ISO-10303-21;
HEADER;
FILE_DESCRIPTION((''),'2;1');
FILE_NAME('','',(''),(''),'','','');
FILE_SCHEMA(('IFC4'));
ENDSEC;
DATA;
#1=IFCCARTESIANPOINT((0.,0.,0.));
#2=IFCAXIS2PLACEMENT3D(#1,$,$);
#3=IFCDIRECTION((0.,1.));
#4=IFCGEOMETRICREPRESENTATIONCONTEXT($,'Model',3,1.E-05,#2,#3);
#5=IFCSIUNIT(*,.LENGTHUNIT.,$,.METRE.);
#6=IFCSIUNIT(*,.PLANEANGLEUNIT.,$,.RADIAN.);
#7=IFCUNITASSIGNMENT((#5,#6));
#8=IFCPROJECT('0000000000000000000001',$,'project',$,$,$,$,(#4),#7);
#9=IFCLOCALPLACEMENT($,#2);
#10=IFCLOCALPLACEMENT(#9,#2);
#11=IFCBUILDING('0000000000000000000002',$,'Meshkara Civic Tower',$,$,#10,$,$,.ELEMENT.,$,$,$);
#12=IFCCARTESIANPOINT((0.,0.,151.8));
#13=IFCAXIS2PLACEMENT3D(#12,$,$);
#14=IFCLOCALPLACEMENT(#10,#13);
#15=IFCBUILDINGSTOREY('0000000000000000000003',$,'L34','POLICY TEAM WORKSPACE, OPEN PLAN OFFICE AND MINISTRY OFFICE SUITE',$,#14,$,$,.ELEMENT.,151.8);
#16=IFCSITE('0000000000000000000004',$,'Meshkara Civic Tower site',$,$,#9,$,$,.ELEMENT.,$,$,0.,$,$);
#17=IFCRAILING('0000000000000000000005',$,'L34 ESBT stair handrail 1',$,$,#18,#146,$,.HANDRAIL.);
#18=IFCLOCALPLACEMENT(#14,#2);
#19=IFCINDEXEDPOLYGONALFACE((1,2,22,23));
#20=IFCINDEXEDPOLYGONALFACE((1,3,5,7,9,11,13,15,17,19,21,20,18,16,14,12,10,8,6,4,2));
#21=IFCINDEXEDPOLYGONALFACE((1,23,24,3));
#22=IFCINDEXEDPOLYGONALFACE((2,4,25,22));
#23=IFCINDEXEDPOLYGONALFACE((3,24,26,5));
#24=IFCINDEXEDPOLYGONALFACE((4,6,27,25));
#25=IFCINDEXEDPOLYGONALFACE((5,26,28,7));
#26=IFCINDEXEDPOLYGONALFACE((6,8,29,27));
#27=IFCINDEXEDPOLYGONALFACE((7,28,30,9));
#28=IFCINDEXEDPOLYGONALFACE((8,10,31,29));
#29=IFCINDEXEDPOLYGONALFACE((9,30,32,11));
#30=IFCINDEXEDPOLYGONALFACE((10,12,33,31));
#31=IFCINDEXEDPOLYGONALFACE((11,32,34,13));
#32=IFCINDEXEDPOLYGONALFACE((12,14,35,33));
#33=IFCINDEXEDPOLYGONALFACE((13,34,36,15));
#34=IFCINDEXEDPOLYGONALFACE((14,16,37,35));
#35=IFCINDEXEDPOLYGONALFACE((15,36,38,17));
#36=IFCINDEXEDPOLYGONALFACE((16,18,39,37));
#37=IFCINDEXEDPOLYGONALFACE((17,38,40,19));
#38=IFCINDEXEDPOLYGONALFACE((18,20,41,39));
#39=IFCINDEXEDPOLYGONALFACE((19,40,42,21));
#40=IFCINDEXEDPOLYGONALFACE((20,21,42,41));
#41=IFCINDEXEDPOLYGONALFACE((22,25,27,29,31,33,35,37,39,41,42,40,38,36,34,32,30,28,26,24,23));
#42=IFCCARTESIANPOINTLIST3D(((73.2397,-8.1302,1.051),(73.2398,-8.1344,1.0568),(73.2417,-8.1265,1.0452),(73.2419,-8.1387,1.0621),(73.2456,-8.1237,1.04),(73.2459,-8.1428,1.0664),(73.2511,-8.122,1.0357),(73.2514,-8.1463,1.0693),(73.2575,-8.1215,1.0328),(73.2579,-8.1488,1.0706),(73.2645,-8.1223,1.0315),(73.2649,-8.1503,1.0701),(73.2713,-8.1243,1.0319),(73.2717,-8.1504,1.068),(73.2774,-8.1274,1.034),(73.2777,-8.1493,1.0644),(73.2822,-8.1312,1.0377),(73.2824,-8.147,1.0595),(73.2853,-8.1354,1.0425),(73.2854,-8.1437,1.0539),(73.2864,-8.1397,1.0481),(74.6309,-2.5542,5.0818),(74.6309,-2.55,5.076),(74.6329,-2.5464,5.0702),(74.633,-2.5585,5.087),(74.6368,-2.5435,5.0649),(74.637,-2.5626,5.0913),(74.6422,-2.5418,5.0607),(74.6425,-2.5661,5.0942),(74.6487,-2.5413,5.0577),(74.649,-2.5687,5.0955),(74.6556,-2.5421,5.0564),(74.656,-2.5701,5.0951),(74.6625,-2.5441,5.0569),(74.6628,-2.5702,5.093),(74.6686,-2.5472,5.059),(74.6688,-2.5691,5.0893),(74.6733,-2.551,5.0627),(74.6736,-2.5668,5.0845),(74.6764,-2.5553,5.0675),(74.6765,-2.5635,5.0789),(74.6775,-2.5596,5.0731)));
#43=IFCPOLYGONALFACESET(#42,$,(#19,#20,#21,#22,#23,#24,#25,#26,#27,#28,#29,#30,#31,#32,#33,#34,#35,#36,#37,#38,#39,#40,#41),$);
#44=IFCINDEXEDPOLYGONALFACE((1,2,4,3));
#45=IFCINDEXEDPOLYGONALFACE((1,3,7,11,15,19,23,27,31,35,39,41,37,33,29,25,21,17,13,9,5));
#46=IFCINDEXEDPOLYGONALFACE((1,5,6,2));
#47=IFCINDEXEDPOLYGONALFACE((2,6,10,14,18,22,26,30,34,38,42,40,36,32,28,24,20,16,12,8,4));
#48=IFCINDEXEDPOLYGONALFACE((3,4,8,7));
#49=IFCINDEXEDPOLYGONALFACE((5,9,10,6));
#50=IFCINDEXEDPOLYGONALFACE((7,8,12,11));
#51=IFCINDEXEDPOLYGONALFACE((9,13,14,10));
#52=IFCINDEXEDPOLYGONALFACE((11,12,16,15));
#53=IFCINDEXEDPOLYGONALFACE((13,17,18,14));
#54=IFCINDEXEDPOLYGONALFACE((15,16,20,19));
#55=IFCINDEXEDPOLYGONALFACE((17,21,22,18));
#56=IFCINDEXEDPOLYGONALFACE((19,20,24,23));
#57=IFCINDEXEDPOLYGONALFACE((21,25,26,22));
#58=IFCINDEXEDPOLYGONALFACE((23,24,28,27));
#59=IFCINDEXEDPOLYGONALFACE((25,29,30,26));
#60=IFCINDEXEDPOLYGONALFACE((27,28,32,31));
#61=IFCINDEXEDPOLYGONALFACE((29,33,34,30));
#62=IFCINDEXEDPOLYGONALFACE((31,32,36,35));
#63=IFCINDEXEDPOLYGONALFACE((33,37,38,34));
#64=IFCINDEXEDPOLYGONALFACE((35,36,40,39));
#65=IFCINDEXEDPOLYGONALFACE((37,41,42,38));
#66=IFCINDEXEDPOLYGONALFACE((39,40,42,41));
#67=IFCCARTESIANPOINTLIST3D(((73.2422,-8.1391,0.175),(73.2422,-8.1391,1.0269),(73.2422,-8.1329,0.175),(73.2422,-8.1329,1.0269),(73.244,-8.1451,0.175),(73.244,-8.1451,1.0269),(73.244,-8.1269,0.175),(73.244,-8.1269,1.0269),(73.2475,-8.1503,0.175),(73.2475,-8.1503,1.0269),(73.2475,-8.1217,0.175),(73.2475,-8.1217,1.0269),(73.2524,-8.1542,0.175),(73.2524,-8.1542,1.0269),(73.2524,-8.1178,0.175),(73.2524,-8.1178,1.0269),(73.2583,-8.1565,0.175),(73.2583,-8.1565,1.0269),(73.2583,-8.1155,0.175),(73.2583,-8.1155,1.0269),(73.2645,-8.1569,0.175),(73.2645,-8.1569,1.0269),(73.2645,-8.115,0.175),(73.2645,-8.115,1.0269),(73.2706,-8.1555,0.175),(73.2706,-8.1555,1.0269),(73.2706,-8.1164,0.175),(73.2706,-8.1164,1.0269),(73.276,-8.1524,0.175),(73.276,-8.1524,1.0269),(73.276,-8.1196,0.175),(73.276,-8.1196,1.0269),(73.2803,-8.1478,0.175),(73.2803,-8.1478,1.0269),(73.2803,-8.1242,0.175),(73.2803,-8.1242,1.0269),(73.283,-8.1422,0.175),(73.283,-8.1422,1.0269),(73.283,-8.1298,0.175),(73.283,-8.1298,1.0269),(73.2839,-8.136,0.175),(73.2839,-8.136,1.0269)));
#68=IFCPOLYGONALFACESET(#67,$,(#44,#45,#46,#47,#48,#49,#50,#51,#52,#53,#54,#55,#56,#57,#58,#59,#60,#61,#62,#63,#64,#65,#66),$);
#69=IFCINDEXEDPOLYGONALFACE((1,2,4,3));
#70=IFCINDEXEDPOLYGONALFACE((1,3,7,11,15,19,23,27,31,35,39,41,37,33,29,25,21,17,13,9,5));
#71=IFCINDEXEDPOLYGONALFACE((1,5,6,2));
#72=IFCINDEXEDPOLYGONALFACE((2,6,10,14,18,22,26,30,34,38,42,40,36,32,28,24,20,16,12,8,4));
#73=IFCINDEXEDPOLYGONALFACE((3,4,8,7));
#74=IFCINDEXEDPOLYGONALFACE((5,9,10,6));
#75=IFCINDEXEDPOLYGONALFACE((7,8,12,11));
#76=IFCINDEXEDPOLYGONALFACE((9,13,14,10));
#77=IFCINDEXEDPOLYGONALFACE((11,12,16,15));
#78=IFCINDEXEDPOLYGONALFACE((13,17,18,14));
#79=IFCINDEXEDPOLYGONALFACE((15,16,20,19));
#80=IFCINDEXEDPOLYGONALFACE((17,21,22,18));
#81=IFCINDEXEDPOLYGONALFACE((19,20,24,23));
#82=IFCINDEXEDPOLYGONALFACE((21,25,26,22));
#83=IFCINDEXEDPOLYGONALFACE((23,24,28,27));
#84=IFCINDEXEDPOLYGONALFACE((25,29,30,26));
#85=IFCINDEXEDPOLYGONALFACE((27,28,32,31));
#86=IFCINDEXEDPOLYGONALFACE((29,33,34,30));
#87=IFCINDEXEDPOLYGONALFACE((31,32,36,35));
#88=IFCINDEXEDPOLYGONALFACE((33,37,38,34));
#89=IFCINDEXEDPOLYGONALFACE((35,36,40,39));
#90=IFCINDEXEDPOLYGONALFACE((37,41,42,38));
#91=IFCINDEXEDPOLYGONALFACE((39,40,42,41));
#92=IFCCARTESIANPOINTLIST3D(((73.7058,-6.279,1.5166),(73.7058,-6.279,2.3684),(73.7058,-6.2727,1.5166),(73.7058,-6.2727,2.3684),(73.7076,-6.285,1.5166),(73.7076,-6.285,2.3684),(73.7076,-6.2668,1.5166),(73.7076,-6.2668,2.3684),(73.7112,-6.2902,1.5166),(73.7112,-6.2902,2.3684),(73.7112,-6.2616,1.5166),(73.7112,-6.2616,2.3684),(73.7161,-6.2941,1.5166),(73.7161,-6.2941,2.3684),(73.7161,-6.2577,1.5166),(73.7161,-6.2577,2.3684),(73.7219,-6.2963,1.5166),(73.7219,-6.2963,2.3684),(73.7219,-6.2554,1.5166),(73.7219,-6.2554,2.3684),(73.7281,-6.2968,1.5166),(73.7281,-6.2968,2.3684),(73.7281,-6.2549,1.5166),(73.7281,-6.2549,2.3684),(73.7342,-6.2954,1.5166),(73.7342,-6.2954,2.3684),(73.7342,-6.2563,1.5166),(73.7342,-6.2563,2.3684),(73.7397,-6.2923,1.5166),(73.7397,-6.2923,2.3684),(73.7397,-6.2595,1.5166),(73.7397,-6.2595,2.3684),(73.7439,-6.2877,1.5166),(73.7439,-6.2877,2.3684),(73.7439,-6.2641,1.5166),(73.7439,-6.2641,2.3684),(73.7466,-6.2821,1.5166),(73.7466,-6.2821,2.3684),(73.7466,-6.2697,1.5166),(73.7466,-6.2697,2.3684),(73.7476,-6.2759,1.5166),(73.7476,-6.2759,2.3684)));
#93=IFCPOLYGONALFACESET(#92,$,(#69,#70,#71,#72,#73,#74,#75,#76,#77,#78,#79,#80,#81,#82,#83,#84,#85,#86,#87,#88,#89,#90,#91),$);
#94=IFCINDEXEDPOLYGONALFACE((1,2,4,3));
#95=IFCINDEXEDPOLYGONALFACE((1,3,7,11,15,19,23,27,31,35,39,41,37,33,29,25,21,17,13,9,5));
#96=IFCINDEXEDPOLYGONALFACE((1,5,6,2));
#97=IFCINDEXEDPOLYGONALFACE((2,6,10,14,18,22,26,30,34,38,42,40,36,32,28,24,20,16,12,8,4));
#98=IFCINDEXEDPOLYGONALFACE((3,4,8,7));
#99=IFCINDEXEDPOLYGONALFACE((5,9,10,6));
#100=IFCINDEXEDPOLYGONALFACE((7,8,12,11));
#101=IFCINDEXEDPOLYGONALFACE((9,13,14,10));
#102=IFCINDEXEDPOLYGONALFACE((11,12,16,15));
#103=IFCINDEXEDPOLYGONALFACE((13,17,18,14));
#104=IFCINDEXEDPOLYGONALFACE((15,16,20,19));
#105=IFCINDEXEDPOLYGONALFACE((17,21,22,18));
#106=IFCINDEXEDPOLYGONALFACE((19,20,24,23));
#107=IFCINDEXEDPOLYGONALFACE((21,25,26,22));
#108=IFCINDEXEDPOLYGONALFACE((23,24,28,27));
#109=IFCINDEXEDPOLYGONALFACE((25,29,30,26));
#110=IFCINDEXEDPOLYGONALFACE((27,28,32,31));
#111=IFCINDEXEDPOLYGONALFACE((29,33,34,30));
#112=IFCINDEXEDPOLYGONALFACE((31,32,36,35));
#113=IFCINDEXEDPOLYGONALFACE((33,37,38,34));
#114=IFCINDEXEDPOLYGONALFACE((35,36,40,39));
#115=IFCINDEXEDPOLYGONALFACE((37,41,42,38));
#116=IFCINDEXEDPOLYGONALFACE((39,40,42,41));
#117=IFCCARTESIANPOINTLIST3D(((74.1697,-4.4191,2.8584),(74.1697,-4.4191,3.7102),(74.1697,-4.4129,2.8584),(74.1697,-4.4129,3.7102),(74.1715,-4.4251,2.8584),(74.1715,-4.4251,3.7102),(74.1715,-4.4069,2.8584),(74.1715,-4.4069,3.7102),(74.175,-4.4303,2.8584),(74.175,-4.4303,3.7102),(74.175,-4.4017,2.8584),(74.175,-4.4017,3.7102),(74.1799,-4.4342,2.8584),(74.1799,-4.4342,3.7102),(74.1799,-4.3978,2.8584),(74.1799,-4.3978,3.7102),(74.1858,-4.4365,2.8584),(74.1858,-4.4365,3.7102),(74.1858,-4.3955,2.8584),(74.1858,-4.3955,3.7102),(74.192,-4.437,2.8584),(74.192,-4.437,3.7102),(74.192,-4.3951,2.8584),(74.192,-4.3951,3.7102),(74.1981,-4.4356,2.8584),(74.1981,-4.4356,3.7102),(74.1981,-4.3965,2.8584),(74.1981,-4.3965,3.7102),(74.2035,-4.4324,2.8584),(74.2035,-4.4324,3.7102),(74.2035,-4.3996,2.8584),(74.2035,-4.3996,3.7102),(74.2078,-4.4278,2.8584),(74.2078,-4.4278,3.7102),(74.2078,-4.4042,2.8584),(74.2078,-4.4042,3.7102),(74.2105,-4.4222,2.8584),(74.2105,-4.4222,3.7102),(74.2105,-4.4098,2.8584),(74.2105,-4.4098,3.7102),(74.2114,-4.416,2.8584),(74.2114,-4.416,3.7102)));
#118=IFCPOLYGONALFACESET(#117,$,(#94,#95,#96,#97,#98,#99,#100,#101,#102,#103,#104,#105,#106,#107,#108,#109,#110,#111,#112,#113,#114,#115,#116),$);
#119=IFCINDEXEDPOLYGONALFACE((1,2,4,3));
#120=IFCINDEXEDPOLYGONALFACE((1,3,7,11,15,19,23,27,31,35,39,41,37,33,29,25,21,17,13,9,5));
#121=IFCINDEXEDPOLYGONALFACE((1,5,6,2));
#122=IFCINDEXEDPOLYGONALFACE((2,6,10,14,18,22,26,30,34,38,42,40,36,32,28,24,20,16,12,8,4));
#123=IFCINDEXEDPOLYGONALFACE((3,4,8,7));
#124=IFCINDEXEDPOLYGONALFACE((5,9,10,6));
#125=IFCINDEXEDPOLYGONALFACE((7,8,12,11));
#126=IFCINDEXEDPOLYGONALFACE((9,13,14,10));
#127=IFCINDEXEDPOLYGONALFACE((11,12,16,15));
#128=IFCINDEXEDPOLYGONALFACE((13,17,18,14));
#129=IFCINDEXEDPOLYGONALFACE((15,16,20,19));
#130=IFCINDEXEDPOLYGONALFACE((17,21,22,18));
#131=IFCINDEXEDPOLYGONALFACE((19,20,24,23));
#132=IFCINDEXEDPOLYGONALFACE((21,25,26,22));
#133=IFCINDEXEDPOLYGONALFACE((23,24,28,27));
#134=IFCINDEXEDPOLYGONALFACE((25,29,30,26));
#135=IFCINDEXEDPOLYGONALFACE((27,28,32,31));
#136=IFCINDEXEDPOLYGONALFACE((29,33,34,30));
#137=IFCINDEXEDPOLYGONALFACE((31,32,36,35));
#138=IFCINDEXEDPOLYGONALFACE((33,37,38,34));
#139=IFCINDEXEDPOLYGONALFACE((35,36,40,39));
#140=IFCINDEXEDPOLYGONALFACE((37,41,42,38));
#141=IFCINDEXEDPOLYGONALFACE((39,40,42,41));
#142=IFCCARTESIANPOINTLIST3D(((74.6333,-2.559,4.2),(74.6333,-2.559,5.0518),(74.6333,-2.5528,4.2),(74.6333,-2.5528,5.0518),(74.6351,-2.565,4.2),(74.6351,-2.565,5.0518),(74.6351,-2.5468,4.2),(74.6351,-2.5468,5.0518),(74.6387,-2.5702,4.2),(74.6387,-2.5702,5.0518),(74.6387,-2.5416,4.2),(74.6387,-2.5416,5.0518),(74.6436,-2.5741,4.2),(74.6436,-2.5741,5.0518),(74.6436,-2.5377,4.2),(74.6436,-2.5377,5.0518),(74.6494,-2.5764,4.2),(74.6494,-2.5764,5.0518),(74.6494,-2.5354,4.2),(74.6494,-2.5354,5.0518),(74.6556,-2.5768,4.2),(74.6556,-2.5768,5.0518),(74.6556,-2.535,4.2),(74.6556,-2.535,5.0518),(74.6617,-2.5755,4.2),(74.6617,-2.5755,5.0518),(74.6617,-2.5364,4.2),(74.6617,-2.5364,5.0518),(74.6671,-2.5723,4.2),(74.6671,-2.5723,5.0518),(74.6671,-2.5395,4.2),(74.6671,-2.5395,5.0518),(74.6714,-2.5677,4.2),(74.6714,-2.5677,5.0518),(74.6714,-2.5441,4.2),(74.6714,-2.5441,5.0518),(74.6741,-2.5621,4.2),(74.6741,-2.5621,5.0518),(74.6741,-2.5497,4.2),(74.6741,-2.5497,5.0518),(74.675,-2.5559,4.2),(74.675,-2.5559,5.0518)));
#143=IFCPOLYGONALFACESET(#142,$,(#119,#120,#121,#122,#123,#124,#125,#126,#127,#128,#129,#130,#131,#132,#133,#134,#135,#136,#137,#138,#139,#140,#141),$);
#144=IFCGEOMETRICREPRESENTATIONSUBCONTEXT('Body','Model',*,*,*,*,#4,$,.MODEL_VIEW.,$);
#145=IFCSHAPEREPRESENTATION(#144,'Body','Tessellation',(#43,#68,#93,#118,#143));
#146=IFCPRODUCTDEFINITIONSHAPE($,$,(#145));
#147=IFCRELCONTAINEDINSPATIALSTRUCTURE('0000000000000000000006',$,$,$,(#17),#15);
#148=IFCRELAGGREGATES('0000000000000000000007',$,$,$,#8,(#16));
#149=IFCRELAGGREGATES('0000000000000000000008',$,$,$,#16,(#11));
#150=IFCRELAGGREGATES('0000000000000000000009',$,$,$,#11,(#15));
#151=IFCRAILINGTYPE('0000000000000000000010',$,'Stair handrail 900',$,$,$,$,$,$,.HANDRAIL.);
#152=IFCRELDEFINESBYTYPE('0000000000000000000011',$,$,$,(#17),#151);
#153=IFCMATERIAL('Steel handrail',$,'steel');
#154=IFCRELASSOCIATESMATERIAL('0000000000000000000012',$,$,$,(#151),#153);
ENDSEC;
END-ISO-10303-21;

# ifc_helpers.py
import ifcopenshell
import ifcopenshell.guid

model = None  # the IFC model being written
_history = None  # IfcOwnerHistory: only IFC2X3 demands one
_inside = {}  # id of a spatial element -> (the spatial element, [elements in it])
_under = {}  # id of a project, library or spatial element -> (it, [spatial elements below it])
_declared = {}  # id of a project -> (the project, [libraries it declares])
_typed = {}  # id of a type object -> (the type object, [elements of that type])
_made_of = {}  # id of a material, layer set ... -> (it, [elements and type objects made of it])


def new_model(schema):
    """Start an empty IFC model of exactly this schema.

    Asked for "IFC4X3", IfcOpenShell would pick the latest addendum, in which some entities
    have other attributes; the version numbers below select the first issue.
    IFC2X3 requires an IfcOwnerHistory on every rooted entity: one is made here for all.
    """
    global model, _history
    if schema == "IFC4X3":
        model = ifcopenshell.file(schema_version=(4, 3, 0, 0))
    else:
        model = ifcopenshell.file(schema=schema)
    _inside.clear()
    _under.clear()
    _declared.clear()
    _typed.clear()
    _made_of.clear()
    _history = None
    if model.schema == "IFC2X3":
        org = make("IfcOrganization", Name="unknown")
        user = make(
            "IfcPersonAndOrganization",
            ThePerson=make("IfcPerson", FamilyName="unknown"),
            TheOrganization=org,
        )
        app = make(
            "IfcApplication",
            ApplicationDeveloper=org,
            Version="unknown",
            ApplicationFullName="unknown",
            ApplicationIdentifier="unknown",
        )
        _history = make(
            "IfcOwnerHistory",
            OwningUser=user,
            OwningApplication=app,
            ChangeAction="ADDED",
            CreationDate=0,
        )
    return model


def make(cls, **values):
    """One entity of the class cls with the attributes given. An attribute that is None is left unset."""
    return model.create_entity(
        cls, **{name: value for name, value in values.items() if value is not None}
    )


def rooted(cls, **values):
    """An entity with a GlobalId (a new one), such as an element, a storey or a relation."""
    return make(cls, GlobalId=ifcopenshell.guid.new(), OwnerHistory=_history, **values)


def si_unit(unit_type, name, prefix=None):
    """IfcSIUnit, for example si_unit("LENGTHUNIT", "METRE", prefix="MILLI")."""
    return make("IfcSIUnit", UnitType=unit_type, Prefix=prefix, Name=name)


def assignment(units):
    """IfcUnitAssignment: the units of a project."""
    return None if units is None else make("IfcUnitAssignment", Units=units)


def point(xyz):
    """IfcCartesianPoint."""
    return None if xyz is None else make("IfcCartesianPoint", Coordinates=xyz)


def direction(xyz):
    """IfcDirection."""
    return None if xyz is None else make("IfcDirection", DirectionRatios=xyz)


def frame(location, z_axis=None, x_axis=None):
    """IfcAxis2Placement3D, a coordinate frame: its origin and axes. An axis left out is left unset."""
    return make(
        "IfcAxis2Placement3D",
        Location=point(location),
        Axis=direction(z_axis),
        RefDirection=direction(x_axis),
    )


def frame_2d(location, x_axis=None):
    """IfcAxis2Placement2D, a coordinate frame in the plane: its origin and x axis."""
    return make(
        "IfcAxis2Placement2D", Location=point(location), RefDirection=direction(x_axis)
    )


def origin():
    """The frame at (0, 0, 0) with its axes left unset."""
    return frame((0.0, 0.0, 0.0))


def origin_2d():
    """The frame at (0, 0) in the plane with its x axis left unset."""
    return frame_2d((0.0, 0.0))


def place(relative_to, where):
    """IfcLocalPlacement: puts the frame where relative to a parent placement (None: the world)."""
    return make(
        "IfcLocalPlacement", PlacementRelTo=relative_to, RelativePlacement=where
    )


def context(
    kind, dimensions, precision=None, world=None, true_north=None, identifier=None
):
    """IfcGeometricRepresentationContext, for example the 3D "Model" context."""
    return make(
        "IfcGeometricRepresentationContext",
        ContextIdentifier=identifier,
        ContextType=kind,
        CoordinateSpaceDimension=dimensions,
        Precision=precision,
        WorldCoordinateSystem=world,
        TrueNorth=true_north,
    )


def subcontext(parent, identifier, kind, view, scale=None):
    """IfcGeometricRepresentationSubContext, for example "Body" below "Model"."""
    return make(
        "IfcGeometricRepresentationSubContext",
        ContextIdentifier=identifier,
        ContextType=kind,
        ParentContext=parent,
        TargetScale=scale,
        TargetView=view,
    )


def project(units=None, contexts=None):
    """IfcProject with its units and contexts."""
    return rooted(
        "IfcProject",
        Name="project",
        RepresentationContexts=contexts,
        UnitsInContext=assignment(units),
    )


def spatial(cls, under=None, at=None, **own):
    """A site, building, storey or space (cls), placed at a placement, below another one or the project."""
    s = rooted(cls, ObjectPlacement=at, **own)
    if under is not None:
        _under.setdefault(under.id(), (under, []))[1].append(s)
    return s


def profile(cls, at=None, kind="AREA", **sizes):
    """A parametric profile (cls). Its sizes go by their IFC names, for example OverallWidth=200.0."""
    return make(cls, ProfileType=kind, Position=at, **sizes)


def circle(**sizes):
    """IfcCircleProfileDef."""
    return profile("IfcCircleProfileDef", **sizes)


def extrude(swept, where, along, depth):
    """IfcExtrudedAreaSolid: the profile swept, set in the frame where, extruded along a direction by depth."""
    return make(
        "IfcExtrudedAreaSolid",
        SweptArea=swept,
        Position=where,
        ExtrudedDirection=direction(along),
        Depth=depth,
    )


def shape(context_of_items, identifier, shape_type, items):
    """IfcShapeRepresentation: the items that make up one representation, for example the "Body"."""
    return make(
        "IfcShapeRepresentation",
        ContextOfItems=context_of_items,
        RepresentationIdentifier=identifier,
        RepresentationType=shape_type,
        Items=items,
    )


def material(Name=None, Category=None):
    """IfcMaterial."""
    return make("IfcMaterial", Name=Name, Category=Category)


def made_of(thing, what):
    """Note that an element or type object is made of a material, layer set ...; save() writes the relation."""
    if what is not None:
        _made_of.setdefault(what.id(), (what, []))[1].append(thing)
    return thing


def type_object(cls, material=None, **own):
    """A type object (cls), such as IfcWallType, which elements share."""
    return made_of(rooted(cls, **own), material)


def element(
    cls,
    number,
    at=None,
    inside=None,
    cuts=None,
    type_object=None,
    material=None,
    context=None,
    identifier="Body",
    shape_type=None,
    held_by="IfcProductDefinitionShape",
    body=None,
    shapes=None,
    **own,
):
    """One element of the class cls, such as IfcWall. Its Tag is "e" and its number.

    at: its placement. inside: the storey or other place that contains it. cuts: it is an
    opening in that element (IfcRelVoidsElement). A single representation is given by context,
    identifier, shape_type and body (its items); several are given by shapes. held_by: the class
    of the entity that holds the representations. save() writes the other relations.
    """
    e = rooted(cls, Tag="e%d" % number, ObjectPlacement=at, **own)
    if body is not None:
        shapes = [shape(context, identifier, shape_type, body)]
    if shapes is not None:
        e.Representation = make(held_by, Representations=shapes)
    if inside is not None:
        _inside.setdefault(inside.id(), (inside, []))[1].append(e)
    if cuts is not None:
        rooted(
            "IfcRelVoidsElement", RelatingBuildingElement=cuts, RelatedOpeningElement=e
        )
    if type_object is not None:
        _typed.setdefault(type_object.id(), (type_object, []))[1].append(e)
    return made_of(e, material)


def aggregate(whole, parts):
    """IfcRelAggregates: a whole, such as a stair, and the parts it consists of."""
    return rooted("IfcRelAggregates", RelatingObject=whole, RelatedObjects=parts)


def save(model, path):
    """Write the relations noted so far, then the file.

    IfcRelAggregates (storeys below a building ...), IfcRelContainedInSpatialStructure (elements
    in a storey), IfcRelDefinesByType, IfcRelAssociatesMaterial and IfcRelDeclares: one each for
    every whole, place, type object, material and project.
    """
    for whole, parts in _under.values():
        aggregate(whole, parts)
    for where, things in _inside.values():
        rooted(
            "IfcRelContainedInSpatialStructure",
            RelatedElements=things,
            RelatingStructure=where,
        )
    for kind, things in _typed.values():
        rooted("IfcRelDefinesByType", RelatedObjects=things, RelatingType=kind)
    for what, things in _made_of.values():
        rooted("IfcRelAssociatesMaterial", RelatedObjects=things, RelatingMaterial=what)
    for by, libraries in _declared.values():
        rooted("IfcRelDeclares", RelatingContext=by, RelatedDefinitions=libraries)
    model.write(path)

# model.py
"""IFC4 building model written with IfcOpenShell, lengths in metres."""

from ifc_helpers import new_model, si_unit, direction, frame, origin, origin_2d, place, context, subcontext, project, spatial, circle, extrude, material, type_object, element, save


model = new_model("IFC4")

# Units and contexts
model_context = context("Model", 3, precision=1e-05, world=origin(), true_north=direction((0.0, 1.0)))
body_context = subcontext(model_context, "Body", "Model", "MODEL_VIEW")
ifc_project = project(units=[si_unit("LENGTHUNIT", "METRE"), si_unit("PLANEANGLEUNIT", "RADIAN")], contexts=[model_context])

# Site, building, storey
site_placement = place(None, origin())
site = spatial("IfcSite", under=ifc_project, at=site_placement, Name="Meshkara Civic Tower site", CompositionType="ELEMENT", RefElevation=0.0)
building_placement = place(site_placement, origin())
building = spatial("IfcBuilding", under=site, at=building_placement, Name="Meshkara Civic Tower", CompositionType="ELEMENT")
storey_placement = place(building_placement, frame((0.0, 0.0, 151.8)))
storey = spatial("IfcBuildingStorey", under=building, at=storey_placement, Name="L34", Description="POLICY TEAM WORKSPACE, OPEN PLAN OFFICE AND MINISTRY OFFICE SUITE", CompositionType="ELEMENT", Elevation=151.8)

# Railing
ifc_material_1 = material(Name="Steel handrail", Category="steel")
railing_type_1 = type_object("IfcRailingType", Name="Stair handrail 900", PredefinedType="HANDRAIL", material=ifc_material_1)
railing_1_placement = place(storey_placement, frame((73.2629, -8.136, 0.175)))
element("IfcRailing", 1, at=railing_1_placement, inside=storey, type_object=railing_type_1, Name="L34 ESBT stair handrail 1", PredefinedType="HANDRAIL", context=body_context, shape_type="SweptSolid", body=[
    extrude(circle(Radius=0.0239, at=origin_2d()), frame((0.0, 0.0, 0.876), z_axis=(0.198181, 0.794948, 0.573395), x_axis=(-0.970302, 0.241896, 0.0)), (0.0, 0.0, 1.0), 7.0195),
    extrude(circle(Radius=0.021, at=origin_2d()), origin(), (0.0, 0.0, 1.0), 0.8518),
    extrude(circle(Radius=0.021, at=origin_2d()), frame((0.4636, 1.8601, 1.3416)), (0.0, 0.0, 1.0), 0.8518),
    extrude(circle(Radius=0.021, at=origin_2d()), frame((0.9275, 3.72, 2.6833)), (0.0, 0.0, 1.0), 0.8518),
    extrude(circle(Radius=0.021, at=origin_2d()), frame((1.3911, 5.5801, 4.0249)), (0.0, 0.0, 1.0), 0.8518),
])

save(model, "model.ifc")
